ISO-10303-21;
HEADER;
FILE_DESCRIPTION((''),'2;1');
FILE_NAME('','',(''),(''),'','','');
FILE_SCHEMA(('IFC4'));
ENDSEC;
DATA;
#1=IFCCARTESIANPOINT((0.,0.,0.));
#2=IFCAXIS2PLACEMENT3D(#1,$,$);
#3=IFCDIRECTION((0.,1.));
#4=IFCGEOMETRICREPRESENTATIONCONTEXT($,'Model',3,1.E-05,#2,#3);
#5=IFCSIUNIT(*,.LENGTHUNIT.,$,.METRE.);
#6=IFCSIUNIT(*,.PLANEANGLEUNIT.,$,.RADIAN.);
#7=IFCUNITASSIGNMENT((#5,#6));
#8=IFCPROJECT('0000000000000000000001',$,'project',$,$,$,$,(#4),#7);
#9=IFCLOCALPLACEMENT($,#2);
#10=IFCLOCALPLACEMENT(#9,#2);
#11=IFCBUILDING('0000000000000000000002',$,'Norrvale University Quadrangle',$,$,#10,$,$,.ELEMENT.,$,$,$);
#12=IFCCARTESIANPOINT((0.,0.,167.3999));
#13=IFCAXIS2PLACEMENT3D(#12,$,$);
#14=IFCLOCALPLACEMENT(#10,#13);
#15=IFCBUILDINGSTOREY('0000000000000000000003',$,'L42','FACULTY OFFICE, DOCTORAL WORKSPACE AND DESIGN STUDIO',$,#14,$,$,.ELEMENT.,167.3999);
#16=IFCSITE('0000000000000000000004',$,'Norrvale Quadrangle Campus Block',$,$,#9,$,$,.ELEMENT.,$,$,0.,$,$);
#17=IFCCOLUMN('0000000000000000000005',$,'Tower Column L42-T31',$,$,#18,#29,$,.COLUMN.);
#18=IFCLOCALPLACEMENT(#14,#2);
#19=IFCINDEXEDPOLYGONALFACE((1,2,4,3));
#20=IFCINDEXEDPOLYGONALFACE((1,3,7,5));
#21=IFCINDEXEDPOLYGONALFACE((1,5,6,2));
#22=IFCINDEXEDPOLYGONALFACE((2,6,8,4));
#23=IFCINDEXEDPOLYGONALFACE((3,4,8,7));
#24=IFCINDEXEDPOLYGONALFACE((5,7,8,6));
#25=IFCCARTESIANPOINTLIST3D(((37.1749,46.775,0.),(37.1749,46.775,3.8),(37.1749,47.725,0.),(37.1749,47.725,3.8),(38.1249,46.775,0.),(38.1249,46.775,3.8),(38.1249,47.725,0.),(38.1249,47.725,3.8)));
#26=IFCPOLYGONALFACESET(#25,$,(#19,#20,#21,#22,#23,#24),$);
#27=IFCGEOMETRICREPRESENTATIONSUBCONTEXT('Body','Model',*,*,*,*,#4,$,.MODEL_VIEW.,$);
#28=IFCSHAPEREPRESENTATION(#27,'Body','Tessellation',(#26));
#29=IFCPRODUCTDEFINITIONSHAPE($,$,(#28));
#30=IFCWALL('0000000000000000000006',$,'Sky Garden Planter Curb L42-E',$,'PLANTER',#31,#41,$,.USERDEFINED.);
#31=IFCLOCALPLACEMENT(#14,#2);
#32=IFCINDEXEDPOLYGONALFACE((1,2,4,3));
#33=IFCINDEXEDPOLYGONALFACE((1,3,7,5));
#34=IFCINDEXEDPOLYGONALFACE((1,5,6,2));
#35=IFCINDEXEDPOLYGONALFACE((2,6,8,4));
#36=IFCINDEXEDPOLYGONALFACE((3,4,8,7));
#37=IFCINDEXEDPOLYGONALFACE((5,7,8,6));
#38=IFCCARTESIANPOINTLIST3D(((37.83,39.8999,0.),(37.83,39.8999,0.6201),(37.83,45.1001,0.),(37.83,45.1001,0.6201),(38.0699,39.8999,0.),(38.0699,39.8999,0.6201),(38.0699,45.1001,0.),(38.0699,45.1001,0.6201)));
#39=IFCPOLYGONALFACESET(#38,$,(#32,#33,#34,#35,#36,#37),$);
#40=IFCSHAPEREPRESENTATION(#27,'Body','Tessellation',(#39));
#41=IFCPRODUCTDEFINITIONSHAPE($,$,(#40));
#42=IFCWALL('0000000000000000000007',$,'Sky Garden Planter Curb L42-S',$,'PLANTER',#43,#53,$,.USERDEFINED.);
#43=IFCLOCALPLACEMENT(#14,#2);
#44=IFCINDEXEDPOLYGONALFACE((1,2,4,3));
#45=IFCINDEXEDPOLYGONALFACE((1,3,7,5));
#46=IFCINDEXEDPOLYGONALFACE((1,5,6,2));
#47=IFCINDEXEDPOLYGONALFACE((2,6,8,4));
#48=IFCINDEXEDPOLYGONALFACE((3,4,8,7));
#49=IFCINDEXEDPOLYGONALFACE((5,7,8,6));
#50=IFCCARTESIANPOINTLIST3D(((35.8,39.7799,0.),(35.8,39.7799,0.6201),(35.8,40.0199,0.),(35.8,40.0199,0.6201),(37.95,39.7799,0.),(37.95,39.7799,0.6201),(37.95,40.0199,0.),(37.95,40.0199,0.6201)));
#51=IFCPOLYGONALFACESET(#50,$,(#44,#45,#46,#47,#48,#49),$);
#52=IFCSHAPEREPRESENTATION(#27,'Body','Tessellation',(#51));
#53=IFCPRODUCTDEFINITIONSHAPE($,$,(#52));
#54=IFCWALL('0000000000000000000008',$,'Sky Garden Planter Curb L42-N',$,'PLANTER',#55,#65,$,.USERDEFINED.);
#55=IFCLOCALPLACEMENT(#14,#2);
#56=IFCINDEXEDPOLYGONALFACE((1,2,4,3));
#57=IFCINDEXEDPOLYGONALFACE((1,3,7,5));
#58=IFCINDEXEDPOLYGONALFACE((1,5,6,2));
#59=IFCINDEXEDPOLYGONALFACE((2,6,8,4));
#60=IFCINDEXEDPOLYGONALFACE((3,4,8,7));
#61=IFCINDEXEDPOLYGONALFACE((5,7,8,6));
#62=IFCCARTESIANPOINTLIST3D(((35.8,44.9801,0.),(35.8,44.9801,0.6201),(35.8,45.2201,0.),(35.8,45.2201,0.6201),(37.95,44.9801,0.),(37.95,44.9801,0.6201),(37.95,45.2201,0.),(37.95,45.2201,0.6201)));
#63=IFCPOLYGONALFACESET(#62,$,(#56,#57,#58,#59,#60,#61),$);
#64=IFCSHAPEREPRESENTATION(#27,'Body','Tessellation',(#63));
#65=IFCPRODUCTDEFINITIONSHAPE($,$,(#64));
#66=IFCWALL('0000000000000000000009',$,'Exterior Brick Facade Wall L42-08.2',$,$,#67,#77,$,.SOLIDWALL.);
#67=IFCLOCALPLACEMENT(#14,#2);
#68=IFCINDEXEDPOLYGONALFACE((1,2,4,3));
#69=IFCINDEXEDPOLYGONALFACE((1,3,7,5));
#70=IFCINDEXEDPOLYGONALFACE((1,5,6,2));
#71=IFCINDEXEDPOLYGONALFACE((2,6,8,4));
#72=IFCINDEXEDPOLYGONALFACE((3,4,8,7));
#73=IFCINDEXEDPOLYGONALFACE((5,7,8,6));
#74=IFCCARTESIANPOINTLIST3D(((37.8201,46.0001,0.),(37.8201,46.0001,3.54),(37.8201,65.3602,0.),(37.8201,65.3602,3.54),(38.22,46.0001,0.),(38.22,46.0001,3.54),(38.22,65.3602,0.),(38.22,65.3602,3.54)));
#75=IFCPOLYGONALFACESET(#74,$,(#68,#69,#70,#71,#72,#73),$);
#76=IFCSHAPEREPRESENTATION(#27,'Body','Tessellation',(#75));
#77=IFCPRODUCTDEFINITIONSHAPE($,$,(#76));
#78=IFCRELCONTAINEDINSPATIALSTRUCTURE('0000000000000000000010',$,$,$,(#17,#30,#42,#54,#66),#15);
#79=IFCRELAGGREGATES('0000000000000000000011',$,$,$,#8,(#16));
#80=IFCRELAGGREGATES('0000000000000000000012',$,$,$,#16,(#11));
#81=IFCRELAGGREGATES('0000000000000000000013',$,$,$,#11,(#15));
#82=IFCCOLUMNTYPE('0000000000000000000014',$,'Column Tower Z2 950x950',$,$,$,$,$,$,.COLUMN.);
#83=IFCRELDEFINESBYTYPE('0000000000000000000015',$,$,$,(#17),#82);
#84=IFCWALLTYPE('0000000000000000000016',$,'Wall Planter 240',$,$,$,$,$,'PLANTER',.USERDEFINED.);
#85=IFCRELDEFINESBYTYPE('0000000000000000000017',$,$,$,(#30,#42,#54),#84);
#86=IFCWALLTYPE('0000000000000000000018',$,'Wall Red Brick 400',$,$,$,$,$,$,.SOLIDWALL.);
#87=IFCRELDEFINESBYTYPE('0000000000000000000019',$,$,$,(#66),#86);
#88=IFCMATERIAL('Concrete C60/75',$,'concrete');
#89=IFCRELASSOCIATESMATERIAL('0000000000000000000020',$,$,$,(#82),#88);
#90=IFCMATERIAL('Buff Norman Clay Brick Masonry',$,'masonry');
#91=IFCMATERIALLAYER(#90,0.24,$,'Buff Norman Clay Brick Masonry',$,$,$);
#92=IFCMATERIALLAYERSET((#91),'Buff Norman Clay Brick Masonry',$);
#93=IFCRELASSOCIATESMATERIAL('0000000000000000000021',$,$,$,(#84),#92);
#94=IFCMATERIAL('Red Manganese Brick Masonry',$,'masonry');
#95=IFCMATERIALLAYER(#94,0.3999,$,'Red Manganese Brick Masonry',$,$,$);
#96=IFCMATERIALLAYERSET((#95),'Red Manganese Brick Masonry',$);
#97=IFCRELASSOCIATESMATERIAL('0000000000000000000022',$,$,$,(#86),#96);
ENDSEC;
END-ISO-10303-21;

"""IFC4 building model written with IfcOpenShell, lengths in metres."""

from ifc_helpers import new_model, si_unit, direction, frame, frame_2d, origin, origin_2d, place, context, subcontext, project, spatial, rectangle, extrude, material, layer, layer_set, material_profile, profile_set, type_object, element, save


model = new_model("IFC4")

# Units and contexts
model_context = context("Model", 3, precision=1e-05, world=origin(), true_north=direction((0.0, 1.0)))
body_context = subcontext(model_context, "Body", "Model", "MODEL_VIEW")
ifc_project = project(units=[si_unit("LENGTHUNIT", "METRE"), si_unit("PLANEANGLEUNIT", "RADIAN")], contexts=[model_context])

# Site, building, storey
site_placement = place(None, origin())
site = spatial("IfcSite", under=ifc_project, at=site_placement, Name="Norrvale Quadrangle Campus Block", CompositionType="ELEMENT", RefElevation=0.0)
building_placement = place(site_placement, origin())
building = spatial("IfcBuilding", under=site, at=building_placement, Name="Norrvale University Quadrangle", CompositionType="ELEMENT")
storey_placement = place(building_placement, frame((0.0, 0.0, 167.3999)))
storey = spatial("IfcBuildingStorey", under=building, at=storey_placement, Name="L42", Description="FACULTY OFFICE, DOCTORAL WORKSPACE AND DESIGN STUDIO", CompositionType="ELEMENT", Elevation=167.3999)

# Column
ifc_material_1 = material(Name="Concrete C60/75", Category="concrete")
ifc_material_profile = material_profile(ifc_material_1, rectangle(XDim=0.95, YDim=0.95, at=origin_2d()), Name="Concrete C60/75")
ifc_profile_set = profile_set([ifc_material_profile], Name="Concrete C60/75")
column_type = type_object("IfcColumnType", Name="Column Tower Z2 950x950", PredefinedType="COLUMN", material=ifc_profile_set)
column_placement = place(storey_placement, frame((37.6499, 47.25, 0.0), z_axis=(0.0, 0.0, 1.0), x_axis=(1.0, 0.0, 0.0)))
element("IfcColumn", 1, at=column_placement, inside=storey, type_object=column_type, Name="Tower Column L42-T31", PredefinedType="COLUMN", context=body_context, shape_type="SweptSolid", body=[
    extrude(rectangle(XDim=0.95, YDim=0.95, at=origin_2d()), origin(), (0.0, 0.0, 1.0), 3.8),
])

# Walls
ifc_material_2 = material(Name="Buff Norman Clay Brick Masonry", Category="masonry")
ifc_layer_1 = layer(ifc_material_2, 0.24, Name="Buff Norman Clay Brick Masonry")
ifc_layer_set_1 = layer_set([ifc_layer_1], Name="Buff Norman Clay Brick Masonry")
wall_type_1 = type_object("IfcWallType", Name="Wall Planter 240", ElementType="PLANTER", PredefinedType="USERDEFINED", material=ifc_layer_set_1)
wall_1_placement = place(storey_placement, frame((37.95, 39.8999, 0.0), z_axis=(0.0, 0.0, 1.0), x_axis=(0.0, 1.0, 0.0)))
element("IfcWall", 2, at=wall_1_placement, inside=storey, type_object=wall_type_1, Name="Sky Garden Planter Curb L42-E", ObjectType="PLANTER", PredefinedType="USERDEFINED", context=body_context, shape_type="SweptSolid", body=[
    extrude(rectangle(XDim=5.2002, YDim=0.24, at=frame_2d((2.6001, 0.0))), origin(), (0.0, 0.0, 1.0), 0.6201),
])
for number, where, z_axis, x_axis, name in (
    (3, (35.8, 39.8999, 0.0), (0.0, 0.0, 1.0), (1.0, 0.0, 0.0), "Sky Garden Planter Curb L42-S"),
    (4, (35.8, 45.1001, 0.0), (0.0, 0.0, 1.0), (1.0, 0.0, 0.0), "Sky Garden Planter Curb L42-N"),
):
    element("IfcWall", number, at=place(storey_placement, frame(where, z_axis=z_axis, x_axis=x_axis)), inside=storey, type_object=wall_type_1, Name=name, ObjectType="PLANTER", PredefinedType="USERDEFINED", context=body_context, shape_type="SweptSolid", body=[
        extrude(rectangle(XDim=2.1499, YDim=0.24, at=frame_2d((1.075, 0.0))), origin(), (0.0, 0.0, 1.0), 0.6201),
    ])
ifc_material_3 = material(Name="Red Manganese Brick Masonry", Category="masonry")
ifc_layer_2 = layer(ifc_material_3, 0.3999, Name="Red Manganese Brick Masonry")
ifc_layer_set_2 = layer_set([ifc_layer_2], Name="Red Manganese Brick Masonry")
wall_type_2 = type_object("IfcWallType", Name="Wall Red Brick 400", PredefinedType="SOLIDWALL", material=ifc_layer_set_2)
wall_2_placement = place(storey_placement, frame((38.02, 46.0, 0.0), z_axis=(0.0, 0.0, 1.0), x_axis=(0.0, 1.0, 0.0)))
element("IfcWall", 5, at=wall_2_placement, inside=storey, type_object=wall_type_2, Name="Exterior Brick Facade Wall L42-08.2", PredefinedType="SOLIDWALL", context=body_context, shape_type="SweptSolid", body=[
    extrude(rectangle(XDim=19.3601, YDim=0.3999, at=frame_2d((9.6802, 0.0))), origin(), (0.0, 0.0, 1.0), 3.54),
])

save(model, "model.ifc")
